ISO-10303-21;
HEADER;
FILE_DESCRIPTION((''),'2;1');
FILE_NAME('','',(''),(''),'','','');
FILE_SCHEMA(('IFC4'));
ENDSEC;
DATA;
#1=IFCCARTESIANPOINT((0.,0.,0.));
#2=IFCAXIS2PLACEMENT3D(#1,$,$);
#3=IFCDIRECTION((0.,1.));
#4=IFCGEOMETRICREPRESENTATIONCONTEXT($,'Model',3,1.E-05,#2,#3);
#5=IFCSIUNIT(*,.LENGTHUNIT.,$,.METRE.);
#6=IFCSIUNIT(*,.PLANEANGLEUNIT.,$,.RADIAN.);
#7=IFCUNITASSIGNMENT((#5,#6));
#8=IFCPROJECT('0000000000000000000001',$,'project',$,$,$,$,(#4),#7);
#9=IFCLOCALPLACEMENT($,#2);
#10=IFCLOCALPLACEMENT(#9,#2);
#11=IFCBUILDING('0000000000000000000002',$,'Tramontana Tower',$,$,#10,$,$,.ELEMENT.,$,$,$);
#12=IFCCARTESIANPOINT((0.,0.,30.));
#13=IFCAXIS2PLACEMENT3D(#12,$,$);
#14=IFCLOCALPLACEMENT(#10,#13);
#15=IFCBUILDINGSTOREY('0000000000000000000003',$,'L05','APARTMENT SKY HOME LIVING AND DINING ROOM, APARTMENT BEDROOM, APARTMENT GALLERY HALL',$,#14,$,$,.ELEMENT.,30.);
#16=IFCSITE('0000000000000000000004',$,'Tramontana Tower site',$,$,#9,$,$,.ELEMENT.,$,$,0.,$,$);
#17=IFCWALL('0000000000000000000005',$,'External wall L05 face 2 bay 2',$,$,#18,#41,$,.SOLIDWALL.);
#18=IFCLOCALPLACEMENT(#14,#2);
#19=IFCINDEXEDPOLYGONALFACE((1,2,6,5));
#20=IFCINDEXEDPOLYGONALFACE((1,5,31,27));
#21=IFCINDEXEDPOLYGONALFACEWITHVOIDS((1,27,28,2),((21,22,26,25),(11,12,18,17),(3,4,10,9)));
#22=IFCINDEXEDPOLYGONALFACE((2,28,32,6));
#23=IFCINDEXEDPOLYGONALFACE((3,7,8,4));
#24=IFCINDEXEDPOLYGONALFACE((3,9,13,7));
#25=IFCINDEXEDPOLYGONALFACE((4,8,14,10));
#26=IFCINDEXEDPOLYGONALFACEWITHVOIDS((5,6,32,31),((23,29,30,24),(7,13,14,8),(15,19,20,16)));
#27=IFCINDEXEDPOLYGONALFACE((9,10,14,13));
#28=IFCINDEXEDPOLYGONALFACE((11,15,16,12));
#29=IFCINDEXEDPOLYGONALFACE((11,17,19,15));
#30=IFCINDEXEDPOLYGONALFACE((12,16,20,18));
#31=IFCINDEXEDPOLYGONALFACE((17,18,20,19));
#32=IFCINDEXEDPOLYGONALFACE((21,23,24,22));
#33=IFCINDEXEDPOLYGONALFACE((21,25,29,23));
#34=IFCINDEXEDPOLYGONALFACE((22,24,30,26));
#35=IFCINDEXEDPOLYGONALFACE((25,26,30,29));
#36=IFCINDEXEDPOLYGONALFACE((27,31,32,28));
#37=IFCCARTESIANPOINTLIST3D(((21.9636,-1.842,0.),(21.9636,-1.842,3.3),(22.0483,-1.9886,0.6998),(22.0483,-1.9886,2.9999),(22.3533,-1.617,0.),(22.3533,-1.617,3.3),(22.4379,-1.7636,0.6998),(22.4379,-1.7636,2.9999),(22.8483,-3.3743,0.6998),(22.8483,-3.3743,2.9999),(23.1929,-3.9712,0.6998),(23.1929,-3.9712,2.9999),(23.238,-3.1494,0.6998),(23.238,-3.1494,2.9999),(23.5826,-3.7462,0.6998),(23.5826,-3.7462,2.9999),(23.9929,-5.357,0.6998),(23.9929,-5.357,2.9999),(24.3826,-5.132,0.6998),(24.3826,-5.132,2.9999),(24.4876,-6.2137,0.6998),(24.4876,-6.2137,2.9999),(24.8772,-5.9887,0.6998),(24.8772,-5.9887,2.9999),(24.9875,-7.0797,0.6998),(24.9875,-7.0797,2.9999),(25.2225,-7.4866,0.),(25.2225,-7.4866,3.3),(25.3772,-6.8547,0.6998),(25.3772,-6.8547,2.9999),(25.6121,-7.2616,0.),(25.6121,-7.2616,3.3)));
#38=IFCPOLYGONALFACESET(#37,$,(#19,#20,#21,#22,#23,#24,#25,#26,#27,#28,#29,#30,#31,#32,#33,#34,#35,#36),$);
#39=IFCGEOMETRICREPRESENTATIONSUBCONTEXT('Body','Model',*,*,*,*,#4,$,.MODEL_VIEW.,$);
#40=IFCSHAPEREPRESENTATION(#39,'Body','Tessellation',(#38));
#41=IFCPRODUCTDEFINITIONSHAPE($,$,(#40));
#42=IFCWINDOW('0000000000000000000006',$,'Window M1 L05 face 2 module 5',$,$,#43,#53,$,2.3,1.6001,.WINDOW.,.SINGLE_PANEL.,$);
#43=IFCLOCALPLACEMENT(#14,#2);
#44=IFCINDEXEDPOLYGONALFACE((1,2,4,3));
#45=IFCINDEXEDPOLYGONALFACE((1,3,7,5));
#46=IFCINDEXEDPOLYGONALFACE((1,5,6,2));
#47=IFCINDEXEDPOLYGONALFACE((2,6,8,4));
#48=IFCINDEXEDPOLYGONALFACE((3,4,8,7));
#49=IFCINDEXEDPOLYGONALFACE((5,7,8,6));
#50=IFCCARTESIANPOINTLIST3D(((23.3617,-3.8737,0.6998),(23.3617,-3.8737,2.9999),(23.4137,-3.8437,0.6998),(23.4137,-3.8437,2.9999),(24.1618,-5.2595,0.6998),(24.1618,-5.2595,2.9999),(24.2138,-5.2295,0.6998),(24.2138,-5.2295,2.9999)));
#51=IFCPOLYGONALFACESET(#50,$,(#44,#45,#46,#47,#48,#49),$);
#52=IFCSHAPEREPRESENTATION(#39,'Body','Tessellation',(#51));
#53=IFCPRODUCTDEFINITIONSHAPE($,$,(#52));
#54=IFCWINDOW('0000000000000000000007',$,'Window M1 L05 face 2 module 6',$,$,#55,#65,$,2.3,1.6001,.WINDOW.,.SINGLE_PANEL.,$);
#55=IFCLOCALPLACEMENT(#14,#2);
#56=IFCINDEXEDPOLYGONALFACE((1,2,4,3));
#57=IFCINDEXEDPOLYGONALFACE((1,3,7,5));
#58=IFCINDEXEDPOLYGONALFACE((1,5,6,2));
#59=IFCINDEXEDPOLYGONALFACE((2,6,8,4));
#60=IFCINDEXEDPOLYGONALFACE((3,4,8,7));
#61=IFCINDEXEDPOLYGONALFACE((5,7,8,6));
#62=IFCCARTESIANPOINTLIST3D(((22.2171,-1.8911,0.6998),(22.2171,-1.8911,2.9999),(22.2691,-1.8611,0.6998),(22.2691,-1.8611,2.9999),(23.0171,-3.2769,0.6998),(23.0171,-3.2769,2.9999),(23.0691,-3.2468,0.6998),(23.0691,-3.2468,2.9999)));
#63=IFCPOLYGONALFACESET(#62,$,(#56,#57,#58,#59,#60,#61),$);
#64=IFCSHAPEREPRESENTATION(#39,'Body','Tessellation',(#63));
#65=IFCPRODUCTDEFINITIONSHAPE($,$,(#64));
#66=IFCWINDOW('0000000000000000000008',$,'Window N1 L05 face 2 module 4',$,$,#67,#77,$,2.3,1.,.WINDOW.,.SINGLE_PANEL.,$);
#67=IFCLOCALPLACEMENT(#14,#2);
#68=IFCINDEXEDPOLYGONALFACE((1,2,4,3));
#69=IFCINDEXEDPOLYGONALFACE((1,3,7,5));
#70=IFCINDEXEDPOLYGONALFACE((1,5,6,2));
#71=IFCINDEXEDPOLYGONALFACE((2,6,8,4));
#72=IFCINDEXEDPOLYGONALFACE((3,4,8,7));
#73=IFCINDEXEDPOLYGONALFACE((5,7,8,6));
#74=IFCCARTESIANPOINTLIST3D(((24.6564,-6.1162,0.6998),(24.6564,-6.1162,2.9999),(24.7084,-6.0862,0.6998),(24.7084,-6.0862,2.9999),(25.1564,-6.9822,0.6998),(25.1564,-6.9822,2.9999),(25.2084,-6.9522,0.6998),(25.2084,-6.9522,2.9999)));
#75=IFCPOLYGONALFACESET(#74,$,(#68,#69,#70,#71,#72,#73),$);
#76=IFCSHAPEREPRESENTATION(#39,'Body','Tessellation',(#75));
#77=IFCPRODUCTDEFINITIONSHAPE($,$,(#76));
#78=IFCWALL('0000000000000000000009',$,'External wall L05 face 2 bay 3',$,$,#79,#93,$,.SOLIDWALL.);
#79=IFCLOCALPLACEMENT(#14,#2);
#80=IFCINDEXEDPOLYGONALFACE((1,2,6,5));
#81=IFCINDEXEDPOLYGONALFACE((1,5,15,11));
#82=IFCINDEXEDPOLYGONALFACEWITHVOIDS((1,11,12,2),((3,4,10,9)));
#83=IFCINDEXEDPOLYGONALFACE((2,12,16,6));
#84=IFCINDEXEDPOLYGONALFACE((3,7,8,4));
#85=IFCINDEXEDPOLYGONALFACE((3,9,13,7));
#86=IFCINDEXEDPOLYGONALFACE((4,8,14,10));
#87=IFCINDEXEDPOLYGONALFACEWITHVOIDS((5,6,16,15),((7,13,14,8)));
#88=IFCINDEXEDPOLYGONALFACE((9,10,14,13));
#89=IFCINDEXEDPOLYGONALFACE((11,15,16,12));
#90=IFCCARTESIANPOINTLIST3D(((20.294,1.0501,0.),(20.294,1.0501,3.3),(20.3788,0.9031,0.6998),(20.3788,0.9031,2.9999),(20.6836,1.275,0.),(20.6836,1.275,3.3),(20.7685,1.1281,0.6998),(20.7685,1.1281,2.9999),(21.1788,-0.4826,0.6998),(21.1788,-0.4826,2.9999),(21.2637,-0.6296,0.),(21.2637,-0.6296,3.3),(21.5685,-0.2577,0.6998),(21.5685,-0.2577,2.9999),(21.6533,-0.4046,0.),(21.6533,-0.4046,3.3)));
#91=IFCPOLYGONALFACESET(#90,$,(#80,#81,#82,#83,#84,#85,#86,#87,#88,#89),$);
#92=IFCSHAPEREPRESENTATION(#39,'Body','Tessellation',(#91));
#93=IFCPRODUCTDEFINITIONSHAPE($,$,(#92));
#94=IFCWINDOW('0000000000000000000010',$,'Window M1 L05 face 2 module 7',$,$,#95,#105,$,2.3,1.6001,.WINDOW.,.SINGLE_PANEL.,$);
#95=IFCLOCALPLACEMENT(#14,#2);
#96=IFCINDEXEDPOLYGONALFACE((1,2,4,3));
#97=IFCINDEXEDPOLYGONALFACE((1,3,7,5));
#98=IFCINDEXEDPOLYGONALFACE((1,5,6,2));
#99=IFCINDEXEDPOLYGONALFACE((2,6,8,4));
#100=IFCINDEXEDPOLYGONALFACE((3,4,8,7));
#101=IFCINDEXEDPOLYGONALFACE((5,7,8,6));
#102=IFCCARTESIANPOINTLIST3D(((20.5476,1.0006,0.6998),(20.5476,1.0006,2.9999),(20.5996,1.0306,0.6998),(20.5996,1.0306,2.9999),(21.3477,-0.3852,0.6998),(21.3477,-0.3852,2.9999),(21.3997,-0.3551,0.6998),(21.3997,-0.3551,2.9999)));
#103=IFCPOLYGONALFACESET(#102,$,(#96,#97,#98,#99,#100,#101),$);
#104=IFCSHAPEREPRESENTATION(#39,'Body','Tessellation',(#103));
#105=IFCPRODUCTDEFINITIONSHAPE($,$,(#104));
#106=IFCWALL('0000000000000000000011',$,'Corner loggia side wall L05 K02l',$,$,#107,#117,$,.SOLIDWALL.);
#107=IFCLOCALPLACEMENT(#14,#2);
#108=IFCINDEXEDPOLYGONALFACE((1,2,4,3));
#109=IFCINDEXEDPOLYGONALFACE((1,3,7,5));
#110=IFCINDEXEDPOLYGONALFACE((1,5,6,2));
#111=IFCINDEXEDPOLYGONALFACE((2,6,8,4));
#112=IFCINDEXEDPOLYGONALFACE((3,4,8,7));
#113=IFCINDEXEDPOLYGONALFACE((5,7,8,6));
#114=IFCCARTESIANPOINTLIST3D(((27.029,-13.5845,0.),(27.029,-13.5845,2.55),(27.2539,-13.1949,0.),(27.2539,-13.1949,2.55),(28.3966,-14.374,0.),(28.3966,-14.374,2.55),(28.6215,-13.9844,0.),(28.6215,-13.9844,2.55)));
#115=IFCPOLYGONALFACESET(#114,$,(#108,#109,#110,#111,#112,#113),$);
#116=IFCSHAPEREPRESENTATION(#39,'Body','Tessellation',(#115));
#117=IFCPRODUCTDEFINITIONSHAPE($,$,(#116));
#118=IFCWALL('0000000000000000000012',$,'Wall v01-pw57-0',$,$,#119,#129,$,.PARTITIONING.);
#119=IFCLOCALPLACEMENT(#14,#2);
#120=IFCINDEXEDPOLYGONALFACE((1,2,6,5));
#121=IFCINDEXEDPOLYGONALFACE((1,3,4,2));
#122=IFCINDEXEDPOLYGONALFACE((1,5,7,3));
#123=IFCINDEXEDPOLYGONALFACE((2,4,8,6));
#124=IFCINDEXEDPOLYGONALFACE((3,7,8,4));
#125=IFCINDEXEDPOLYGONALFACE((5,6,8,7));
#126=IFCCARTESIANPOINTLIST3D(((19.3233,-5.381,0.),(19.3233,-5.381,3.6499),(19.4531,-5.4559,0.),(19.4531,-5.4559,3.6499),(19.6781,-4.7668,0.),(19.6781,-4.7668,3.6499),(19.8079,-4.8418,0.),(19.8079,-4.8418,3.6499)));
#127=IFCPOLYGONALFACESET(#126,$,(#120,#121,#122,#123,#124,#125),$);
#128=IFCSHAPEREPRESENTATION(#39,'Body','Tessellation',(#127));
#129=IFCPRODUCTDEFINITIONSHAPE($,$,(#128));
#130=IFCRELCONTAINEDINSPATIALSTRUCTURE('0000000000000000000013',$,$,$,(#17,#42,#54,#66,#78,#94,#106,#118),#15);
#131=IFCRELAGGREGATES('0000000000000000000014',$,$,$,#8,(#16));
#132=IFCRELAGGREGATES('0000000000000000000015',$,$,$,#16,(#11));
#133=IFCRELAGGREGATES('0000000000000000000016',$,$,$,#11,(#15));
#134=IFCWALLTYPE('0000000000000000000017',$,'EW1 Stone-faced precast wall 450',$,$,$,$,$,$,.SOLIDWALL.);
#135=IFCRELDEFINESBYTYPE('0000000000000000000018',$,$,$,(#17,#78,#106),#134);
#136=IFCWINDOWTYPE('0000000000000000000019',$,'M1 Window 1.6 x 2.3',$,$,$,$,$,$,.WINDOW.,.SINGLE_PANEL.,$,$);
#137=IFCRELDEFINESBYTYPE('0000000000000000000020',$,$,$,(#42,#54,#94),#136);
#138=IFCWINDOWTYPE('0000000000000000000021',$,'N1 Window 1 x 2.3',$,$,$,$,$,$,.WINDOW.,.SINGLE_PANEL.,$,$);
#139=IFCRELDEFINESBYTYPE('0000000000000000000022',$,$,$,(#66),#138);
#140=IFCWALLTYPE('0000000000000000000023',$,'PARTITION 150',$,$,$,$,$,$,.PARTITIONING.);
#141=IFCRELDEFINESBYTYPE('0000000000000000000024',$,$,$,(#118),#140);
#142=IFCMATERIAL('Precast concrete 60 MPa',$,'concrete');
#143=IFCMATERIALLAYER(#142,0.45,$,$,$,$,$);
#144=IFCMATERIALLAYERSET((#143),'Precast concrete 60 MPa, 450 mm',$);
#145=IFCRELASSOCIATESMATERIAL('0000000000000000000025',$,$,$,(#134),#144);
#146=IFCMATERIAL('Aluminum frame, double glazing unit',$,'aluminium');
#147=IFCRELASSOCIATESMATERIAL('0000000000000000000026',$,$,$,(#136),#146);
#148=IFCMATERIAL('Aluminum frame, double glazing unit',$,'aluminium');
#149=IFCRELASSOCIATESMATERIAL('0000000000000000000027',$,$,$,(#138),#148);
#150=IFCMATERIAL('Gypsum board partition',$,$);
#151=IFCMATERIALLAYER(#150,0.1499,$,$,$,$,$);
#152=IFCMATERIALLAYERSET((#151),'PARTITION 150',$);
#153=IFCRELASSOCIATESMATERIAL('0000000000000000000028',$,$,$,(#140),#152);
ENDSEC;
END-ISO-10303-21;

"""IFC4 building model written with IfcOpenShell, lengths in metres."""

from ifc_helpers import new_model, si_unit, direction, frame, frame_2d, origin, place, context, subcontext, project, spatial, rectangle, extrude, material, layer, layer_set, type_object, element, fill, save


model = new_model("IFC4")

# Units and contexts
model_context = context("Model", 3, precision=1e-05, world=origin(), true_north=direction((0.0, 1.0)))
body_context = subcontext(model_context, "Body", "Model", "MODEL_VIEW")
ifc_project = project(units=[si_unit("LENGTHUNIT", "METRE"), si_unit("PLANEANGLEUNIT", "RADIAN")], contexts=[model_context])

# Site, building, storey
site_placement = place(None, origin())
site = spatial("IfcSite", under=ifc_project, at=site_placement, Name="Tramontana Tower site", CompositionType="ELEMENT", RefElevation=0.0)
building_placement = place(site_placement, origin())
building = spatial("IfcBuilding", under=site, at=building_placement, Name="Tramontana Tower", CompositionType="ELEMENT")
storey_placement = place(building_placement, frame((0.0, 0.0, 30.0)))
storey = spatial("IfcBuildingStorey", under=building, at=storey_placement, Name="L05", Description="APARTMENT SKY HOME LIVING AND DINING ROOM, APARTMENT BEDROOM, APARTMENT GALLERY HALL", CompositionType="ELEMENT", Elevation=30.0)

# Wall, openings, windows
ifc_material_1 = material(Name="Precast concrete 60 MPa", Category="concrete")
ifc_layer_1 = layer(ifc_material_1, 0.45)
ifc_layer_set_1 = layer_set([ifc_layer_1], Name="Precast concrete 60 MPa, 450 mm")
wall_type_1 = type_object("IfcWallType", Name="EW1 Stone-faced precast wall 450", PredefinedType="SOLIDWALL", material=ifc_layer_set_1)
ifc_material_2 = material(Name="Aluminum frame, double glazing unit", Category="aluminium")
window_type_1 = type_object("IfcWindowType", Name="M1 Window 1.6 x 2.3", PartitioningType="SINGLE_PANEL", PredefinedType="WINDOW", material=ifc_material_2)
wall_1_placement = place(storey_placement, frame((25.4172, -7.374, 0.0), z_axis=(0.0, 0.0, 1.0), x_axis=(-0.49999, 0.866031, 0.0)))
wall_1 = element("IfcWall", 1, at=wall_1_placement, inside=storey, type_object=wall_type_1, Name="External wall L05 face 2 bay 2", PredefinedType="SOLIDWALL", context=body_context, shape_type="SweptSolid", body=[
    extrude(rectangle(XDim=6.5178, YDim=0.45, at=frame_2d((3.2588, 0.0))), origin(), (0.0, 0.0, 1.0), 3.3),
])
opening_1_placement = place(wall_1_placement, frame((0.4697, 0.0, 0.7)))
opening_1 = element("IfcOpeningElement", 2, at=opening_1_placement, cuts=wall_1, PredefinedType="OPENING", context=body_context, shape_type="SweptSolid", body=[
    extrude(rectangle(XDim=1.0, YDim=2.3, at=frame_2d((0.5, 1.1499))), frame((0.0, 0.2349, 0.0), z_axis=(0.0, -1.0, 0.0), x_axis=(1.0, 0.0, 0.0)), (0.0, 0.0, 1.0), 0.47),
])
opening_2_placement = place(wall_1_placement, frame((2.459, 0.0, 0.7)))
opening_2 = element("IfcOpeningElement", 3, at=opening_2_placement, cuts=wall_1, PredefinedType="OPENING", context=body_context, shape_type="SweptSolid", body=[
    extrude(rectangle(XDim=1.6001, YDim=2.3, at=frame_2d((0.8, 1.1499))), frame((0.0, 0.2349, 0.0), z_axis=(0.0, -1.0, 0.0), x_axis=(1.0, 0.0, 0.0)), (0.0, 0.0, 1.0), 0.47),
])
opening_3_placement = place(wall_1_placement, frame((4.7483, 0.0, 0.7)))
opening_3 = element("IfcOpeningElement", 4, at=opening_3_placement, cuts=wall_1, PredefinedType="OPENING", context=body_context, shape_type="SweptSolid", body=[
    extrude(rectangle(XDim=1.6001, YDim=2.3, at=frame_2d((0.8, 1.1499))), frame((0.0, 0.2349, 0.0), z_axis=(0.0, -1.0, 0.0), x_axis=(1.0, 0.0, 0.0)), (0.0, 0.0, 1.0), 0.47),
])
window_1_placement = place(opening_2_placement, origin())
window_1 = element("IfcWindow", 5, at=window_1_placement, inside=storey, type_object=window_type_1, Name="Window M1 L05 face 2 module 5", OverallHeight=2.3, OverallWidth=1.6001, PartitioningType="SINGLE_PANEL", PredefinedType="WINDOW", context=body_context, shape_type="SweptSolid", body=[
    extrude(rectangle(XDim=1.6001, YDim=2.3, at=frame_2d((0.8, 1.1499))), frame((0.0, 0.03, 0.0), z_axis=(0.0, -1.0, 0.0), x_axis=(1.0, 0.0, 0.0)), (0.0, 0.0, 1.0), 0.0601),
])
fill(opening_2, window_1)
window_2_placement = place(opening_3_placement, origin())
window_2 = element("IfcWindow", 6, at=window_2_placement, inside=storey, type_object=window_type_1, Name="Window M1 L05 face 2 module 6", OverallHeight=2.3, OverallWidth=1.6001, PartitioningType="SINGLE_PANEL", PredefinedType="WINDOW", context=body_context, shape_type="SweptSolid", body=[
    extrude(rectangle(XDim=1.6001, YDim=2.3, at=frame_2d((0.8, 1.1499))), frame((0.0, 0.03, 0.0), z_axis=(0.0, -1.0, 0.0), x_axis=(1.0, 0.0, 0.0)), (0.0, 0.0, 1.0), 0.0601),
])
fill(opening_3, window_2)
ifc_material_3 = material(Name="Aluminum frame, double glazing unit", Category="aluminium")
window_type_2 = type_object("IfcWindowType", Name="N1 Window 1 x 2.3", PartitioningType="SINGLE_PANEL", PredefinedType="WINDOW", material=ifc_material_3)
window_3_placement = place(opening_1_placement, origin())
window_3 = element("IfcWindow", 7, at=window_3_placement, inside=storey, type_object=window_type_2, Name="Window N1 L05 face 2 module 4", OverallHeight=2.3, OverallWidth=1.0, PartitioningType="SINGLE_PANEL", PredefinedType="WINDOW", context=body_context, shape_type="SweptSolid", body=[
    extrude(rectangle(XDim=1.0, YDim=2.3, at=frame_2d((0.5, 1.1499))), frame((0.0, 0.03, 0.0), z_axis=(0.0, -1.0, 0.0), x_axis=(1.0, 0.0, 0.0)), (0.0, 0.0, 1.0), 0.0601),
])
fill(opening_1, window_3)

# Wall, opening, window
wall_2_placement = place(storey_placement, frame((21.4585, -0.5171, 0.0), z_axis=(0.0, 0.0, 1.0), x_axis=(-0.499984, 0.866035, 0.0)))
wall_2 = element("IfcWall", 8, at=wall_2_placement, inside=storey, type_object=wall_type_1, Name="External wall L05 face 2 bay 3", PredefinedType="SOLIDWALL", context=body_context, shape_type="SweptSolid", body=[
    extrude(rectangle(XDim=1.9395, YDim=0.45, at=frame_2d((0.9697, 0.0))), origin(), (0.0, 0.0, 1.0), 3.3),
])
opening_4_placement = place(wall_2_placement, frame((0.1697, 0.0, 0.7)))
opening_4 = element("IfcOpeningElement", 9, at=opening_4_placement, cuts=wall_2, PredefinedType="OPENING", context=body_context, shape_type="SweptSolid", body=[
    extrude(rectangle(XDim=1.6001, YDim=2.3, at=frame_2d((0.8, 1.1499))), frame((0.0, 0.2349, 0.0), z_axis=(0.0, -1.0, 0.0), x_axis=(1.0, 0.0, 0.0)), (0.0, 0.0, 1.0), 0.47),
])
window_4_placement = place(opening_4_placement, origin())
window_4 = element("IfcWindow", 10, at=window_4_placement, inside=storey, type_object=window_type_1, Name="Window M1 L05 face 2 module 7", OverallHeight=2.3, OverallWidth=1.6001, PartitioningType="SINGLE_PANEL", PredefinedType="WINDOW", context=body_context, shape_type="SweptSolid", body=[
    extrude(rectangle(XDim=1.6001, YDim=2.3, at=frame_2d((0.8, 1.1499))), frame((0.0, 0.03, 0.0), z_axis=(0.0, -1.0, 0.0), x_axis=(1.0, 0.0, 0.0)), (0.0, 0.0, 1.0), 0.0601),
])
fill(opening_4, window_4)

# Wall
wall_3_placement = place(storey_placement, frame((28.509, -14.1792, 0.0), z_axis=(0.0, 0.0, 1.0), x_axis=(-0.866047, 0.499963, 0.0)))
element("IfcWall", 11, at=wall_3_placement, inside=storey, type_object=wall_type_1, Name="Corner loggia side wall L05 K02l", PredefinedType="SOLIDWALL", context=body_context, shape_type="SweptSolid", body=[
    extrude(rectangle(XDim=1.5791, YDim=0.45, at=frame_2d((0.7896, 0.0))), origin(), (0.0, 0.0, 1.0), 2.55),
])

# Wall
ifc_material_4 = material(Name="Gypsum board partition")
ifc_layer_2 = layer(ifc_material_4, 0.1499)
ifc_layer_set_2 = layer_set([ifc_layer_2], Name="PARTITION 150")
wall_type_2 = type_object("IfcWallType", Name="PARTITION 150", PredefinedType="PARTITIONING", material=ifc_layer_set_2)
wall_4_placement = place(storey_placement, frame((19.7429, -4.8044, 0.0), z_axis=(0.0, 0.0, 1.0), x_axis=(-0.500249, -0.865882, 0.0)))
element("IfcWall", 12, at=wall_4_placement, inside=storey, type_object=wall_type_2, Name="Wall v01-pw57-0", PredefinedType="PARTITIONING", context=body_context, shape_type="SweptSolid", body=[
    extrude(rectangle(XDim=0.7092, YDim=0.1499, at=frame_2d((0.3545, 0.0))), origin(), (0.0, 0.0, 1.0), 3.6499),
])

save(model, "model.ifc")
